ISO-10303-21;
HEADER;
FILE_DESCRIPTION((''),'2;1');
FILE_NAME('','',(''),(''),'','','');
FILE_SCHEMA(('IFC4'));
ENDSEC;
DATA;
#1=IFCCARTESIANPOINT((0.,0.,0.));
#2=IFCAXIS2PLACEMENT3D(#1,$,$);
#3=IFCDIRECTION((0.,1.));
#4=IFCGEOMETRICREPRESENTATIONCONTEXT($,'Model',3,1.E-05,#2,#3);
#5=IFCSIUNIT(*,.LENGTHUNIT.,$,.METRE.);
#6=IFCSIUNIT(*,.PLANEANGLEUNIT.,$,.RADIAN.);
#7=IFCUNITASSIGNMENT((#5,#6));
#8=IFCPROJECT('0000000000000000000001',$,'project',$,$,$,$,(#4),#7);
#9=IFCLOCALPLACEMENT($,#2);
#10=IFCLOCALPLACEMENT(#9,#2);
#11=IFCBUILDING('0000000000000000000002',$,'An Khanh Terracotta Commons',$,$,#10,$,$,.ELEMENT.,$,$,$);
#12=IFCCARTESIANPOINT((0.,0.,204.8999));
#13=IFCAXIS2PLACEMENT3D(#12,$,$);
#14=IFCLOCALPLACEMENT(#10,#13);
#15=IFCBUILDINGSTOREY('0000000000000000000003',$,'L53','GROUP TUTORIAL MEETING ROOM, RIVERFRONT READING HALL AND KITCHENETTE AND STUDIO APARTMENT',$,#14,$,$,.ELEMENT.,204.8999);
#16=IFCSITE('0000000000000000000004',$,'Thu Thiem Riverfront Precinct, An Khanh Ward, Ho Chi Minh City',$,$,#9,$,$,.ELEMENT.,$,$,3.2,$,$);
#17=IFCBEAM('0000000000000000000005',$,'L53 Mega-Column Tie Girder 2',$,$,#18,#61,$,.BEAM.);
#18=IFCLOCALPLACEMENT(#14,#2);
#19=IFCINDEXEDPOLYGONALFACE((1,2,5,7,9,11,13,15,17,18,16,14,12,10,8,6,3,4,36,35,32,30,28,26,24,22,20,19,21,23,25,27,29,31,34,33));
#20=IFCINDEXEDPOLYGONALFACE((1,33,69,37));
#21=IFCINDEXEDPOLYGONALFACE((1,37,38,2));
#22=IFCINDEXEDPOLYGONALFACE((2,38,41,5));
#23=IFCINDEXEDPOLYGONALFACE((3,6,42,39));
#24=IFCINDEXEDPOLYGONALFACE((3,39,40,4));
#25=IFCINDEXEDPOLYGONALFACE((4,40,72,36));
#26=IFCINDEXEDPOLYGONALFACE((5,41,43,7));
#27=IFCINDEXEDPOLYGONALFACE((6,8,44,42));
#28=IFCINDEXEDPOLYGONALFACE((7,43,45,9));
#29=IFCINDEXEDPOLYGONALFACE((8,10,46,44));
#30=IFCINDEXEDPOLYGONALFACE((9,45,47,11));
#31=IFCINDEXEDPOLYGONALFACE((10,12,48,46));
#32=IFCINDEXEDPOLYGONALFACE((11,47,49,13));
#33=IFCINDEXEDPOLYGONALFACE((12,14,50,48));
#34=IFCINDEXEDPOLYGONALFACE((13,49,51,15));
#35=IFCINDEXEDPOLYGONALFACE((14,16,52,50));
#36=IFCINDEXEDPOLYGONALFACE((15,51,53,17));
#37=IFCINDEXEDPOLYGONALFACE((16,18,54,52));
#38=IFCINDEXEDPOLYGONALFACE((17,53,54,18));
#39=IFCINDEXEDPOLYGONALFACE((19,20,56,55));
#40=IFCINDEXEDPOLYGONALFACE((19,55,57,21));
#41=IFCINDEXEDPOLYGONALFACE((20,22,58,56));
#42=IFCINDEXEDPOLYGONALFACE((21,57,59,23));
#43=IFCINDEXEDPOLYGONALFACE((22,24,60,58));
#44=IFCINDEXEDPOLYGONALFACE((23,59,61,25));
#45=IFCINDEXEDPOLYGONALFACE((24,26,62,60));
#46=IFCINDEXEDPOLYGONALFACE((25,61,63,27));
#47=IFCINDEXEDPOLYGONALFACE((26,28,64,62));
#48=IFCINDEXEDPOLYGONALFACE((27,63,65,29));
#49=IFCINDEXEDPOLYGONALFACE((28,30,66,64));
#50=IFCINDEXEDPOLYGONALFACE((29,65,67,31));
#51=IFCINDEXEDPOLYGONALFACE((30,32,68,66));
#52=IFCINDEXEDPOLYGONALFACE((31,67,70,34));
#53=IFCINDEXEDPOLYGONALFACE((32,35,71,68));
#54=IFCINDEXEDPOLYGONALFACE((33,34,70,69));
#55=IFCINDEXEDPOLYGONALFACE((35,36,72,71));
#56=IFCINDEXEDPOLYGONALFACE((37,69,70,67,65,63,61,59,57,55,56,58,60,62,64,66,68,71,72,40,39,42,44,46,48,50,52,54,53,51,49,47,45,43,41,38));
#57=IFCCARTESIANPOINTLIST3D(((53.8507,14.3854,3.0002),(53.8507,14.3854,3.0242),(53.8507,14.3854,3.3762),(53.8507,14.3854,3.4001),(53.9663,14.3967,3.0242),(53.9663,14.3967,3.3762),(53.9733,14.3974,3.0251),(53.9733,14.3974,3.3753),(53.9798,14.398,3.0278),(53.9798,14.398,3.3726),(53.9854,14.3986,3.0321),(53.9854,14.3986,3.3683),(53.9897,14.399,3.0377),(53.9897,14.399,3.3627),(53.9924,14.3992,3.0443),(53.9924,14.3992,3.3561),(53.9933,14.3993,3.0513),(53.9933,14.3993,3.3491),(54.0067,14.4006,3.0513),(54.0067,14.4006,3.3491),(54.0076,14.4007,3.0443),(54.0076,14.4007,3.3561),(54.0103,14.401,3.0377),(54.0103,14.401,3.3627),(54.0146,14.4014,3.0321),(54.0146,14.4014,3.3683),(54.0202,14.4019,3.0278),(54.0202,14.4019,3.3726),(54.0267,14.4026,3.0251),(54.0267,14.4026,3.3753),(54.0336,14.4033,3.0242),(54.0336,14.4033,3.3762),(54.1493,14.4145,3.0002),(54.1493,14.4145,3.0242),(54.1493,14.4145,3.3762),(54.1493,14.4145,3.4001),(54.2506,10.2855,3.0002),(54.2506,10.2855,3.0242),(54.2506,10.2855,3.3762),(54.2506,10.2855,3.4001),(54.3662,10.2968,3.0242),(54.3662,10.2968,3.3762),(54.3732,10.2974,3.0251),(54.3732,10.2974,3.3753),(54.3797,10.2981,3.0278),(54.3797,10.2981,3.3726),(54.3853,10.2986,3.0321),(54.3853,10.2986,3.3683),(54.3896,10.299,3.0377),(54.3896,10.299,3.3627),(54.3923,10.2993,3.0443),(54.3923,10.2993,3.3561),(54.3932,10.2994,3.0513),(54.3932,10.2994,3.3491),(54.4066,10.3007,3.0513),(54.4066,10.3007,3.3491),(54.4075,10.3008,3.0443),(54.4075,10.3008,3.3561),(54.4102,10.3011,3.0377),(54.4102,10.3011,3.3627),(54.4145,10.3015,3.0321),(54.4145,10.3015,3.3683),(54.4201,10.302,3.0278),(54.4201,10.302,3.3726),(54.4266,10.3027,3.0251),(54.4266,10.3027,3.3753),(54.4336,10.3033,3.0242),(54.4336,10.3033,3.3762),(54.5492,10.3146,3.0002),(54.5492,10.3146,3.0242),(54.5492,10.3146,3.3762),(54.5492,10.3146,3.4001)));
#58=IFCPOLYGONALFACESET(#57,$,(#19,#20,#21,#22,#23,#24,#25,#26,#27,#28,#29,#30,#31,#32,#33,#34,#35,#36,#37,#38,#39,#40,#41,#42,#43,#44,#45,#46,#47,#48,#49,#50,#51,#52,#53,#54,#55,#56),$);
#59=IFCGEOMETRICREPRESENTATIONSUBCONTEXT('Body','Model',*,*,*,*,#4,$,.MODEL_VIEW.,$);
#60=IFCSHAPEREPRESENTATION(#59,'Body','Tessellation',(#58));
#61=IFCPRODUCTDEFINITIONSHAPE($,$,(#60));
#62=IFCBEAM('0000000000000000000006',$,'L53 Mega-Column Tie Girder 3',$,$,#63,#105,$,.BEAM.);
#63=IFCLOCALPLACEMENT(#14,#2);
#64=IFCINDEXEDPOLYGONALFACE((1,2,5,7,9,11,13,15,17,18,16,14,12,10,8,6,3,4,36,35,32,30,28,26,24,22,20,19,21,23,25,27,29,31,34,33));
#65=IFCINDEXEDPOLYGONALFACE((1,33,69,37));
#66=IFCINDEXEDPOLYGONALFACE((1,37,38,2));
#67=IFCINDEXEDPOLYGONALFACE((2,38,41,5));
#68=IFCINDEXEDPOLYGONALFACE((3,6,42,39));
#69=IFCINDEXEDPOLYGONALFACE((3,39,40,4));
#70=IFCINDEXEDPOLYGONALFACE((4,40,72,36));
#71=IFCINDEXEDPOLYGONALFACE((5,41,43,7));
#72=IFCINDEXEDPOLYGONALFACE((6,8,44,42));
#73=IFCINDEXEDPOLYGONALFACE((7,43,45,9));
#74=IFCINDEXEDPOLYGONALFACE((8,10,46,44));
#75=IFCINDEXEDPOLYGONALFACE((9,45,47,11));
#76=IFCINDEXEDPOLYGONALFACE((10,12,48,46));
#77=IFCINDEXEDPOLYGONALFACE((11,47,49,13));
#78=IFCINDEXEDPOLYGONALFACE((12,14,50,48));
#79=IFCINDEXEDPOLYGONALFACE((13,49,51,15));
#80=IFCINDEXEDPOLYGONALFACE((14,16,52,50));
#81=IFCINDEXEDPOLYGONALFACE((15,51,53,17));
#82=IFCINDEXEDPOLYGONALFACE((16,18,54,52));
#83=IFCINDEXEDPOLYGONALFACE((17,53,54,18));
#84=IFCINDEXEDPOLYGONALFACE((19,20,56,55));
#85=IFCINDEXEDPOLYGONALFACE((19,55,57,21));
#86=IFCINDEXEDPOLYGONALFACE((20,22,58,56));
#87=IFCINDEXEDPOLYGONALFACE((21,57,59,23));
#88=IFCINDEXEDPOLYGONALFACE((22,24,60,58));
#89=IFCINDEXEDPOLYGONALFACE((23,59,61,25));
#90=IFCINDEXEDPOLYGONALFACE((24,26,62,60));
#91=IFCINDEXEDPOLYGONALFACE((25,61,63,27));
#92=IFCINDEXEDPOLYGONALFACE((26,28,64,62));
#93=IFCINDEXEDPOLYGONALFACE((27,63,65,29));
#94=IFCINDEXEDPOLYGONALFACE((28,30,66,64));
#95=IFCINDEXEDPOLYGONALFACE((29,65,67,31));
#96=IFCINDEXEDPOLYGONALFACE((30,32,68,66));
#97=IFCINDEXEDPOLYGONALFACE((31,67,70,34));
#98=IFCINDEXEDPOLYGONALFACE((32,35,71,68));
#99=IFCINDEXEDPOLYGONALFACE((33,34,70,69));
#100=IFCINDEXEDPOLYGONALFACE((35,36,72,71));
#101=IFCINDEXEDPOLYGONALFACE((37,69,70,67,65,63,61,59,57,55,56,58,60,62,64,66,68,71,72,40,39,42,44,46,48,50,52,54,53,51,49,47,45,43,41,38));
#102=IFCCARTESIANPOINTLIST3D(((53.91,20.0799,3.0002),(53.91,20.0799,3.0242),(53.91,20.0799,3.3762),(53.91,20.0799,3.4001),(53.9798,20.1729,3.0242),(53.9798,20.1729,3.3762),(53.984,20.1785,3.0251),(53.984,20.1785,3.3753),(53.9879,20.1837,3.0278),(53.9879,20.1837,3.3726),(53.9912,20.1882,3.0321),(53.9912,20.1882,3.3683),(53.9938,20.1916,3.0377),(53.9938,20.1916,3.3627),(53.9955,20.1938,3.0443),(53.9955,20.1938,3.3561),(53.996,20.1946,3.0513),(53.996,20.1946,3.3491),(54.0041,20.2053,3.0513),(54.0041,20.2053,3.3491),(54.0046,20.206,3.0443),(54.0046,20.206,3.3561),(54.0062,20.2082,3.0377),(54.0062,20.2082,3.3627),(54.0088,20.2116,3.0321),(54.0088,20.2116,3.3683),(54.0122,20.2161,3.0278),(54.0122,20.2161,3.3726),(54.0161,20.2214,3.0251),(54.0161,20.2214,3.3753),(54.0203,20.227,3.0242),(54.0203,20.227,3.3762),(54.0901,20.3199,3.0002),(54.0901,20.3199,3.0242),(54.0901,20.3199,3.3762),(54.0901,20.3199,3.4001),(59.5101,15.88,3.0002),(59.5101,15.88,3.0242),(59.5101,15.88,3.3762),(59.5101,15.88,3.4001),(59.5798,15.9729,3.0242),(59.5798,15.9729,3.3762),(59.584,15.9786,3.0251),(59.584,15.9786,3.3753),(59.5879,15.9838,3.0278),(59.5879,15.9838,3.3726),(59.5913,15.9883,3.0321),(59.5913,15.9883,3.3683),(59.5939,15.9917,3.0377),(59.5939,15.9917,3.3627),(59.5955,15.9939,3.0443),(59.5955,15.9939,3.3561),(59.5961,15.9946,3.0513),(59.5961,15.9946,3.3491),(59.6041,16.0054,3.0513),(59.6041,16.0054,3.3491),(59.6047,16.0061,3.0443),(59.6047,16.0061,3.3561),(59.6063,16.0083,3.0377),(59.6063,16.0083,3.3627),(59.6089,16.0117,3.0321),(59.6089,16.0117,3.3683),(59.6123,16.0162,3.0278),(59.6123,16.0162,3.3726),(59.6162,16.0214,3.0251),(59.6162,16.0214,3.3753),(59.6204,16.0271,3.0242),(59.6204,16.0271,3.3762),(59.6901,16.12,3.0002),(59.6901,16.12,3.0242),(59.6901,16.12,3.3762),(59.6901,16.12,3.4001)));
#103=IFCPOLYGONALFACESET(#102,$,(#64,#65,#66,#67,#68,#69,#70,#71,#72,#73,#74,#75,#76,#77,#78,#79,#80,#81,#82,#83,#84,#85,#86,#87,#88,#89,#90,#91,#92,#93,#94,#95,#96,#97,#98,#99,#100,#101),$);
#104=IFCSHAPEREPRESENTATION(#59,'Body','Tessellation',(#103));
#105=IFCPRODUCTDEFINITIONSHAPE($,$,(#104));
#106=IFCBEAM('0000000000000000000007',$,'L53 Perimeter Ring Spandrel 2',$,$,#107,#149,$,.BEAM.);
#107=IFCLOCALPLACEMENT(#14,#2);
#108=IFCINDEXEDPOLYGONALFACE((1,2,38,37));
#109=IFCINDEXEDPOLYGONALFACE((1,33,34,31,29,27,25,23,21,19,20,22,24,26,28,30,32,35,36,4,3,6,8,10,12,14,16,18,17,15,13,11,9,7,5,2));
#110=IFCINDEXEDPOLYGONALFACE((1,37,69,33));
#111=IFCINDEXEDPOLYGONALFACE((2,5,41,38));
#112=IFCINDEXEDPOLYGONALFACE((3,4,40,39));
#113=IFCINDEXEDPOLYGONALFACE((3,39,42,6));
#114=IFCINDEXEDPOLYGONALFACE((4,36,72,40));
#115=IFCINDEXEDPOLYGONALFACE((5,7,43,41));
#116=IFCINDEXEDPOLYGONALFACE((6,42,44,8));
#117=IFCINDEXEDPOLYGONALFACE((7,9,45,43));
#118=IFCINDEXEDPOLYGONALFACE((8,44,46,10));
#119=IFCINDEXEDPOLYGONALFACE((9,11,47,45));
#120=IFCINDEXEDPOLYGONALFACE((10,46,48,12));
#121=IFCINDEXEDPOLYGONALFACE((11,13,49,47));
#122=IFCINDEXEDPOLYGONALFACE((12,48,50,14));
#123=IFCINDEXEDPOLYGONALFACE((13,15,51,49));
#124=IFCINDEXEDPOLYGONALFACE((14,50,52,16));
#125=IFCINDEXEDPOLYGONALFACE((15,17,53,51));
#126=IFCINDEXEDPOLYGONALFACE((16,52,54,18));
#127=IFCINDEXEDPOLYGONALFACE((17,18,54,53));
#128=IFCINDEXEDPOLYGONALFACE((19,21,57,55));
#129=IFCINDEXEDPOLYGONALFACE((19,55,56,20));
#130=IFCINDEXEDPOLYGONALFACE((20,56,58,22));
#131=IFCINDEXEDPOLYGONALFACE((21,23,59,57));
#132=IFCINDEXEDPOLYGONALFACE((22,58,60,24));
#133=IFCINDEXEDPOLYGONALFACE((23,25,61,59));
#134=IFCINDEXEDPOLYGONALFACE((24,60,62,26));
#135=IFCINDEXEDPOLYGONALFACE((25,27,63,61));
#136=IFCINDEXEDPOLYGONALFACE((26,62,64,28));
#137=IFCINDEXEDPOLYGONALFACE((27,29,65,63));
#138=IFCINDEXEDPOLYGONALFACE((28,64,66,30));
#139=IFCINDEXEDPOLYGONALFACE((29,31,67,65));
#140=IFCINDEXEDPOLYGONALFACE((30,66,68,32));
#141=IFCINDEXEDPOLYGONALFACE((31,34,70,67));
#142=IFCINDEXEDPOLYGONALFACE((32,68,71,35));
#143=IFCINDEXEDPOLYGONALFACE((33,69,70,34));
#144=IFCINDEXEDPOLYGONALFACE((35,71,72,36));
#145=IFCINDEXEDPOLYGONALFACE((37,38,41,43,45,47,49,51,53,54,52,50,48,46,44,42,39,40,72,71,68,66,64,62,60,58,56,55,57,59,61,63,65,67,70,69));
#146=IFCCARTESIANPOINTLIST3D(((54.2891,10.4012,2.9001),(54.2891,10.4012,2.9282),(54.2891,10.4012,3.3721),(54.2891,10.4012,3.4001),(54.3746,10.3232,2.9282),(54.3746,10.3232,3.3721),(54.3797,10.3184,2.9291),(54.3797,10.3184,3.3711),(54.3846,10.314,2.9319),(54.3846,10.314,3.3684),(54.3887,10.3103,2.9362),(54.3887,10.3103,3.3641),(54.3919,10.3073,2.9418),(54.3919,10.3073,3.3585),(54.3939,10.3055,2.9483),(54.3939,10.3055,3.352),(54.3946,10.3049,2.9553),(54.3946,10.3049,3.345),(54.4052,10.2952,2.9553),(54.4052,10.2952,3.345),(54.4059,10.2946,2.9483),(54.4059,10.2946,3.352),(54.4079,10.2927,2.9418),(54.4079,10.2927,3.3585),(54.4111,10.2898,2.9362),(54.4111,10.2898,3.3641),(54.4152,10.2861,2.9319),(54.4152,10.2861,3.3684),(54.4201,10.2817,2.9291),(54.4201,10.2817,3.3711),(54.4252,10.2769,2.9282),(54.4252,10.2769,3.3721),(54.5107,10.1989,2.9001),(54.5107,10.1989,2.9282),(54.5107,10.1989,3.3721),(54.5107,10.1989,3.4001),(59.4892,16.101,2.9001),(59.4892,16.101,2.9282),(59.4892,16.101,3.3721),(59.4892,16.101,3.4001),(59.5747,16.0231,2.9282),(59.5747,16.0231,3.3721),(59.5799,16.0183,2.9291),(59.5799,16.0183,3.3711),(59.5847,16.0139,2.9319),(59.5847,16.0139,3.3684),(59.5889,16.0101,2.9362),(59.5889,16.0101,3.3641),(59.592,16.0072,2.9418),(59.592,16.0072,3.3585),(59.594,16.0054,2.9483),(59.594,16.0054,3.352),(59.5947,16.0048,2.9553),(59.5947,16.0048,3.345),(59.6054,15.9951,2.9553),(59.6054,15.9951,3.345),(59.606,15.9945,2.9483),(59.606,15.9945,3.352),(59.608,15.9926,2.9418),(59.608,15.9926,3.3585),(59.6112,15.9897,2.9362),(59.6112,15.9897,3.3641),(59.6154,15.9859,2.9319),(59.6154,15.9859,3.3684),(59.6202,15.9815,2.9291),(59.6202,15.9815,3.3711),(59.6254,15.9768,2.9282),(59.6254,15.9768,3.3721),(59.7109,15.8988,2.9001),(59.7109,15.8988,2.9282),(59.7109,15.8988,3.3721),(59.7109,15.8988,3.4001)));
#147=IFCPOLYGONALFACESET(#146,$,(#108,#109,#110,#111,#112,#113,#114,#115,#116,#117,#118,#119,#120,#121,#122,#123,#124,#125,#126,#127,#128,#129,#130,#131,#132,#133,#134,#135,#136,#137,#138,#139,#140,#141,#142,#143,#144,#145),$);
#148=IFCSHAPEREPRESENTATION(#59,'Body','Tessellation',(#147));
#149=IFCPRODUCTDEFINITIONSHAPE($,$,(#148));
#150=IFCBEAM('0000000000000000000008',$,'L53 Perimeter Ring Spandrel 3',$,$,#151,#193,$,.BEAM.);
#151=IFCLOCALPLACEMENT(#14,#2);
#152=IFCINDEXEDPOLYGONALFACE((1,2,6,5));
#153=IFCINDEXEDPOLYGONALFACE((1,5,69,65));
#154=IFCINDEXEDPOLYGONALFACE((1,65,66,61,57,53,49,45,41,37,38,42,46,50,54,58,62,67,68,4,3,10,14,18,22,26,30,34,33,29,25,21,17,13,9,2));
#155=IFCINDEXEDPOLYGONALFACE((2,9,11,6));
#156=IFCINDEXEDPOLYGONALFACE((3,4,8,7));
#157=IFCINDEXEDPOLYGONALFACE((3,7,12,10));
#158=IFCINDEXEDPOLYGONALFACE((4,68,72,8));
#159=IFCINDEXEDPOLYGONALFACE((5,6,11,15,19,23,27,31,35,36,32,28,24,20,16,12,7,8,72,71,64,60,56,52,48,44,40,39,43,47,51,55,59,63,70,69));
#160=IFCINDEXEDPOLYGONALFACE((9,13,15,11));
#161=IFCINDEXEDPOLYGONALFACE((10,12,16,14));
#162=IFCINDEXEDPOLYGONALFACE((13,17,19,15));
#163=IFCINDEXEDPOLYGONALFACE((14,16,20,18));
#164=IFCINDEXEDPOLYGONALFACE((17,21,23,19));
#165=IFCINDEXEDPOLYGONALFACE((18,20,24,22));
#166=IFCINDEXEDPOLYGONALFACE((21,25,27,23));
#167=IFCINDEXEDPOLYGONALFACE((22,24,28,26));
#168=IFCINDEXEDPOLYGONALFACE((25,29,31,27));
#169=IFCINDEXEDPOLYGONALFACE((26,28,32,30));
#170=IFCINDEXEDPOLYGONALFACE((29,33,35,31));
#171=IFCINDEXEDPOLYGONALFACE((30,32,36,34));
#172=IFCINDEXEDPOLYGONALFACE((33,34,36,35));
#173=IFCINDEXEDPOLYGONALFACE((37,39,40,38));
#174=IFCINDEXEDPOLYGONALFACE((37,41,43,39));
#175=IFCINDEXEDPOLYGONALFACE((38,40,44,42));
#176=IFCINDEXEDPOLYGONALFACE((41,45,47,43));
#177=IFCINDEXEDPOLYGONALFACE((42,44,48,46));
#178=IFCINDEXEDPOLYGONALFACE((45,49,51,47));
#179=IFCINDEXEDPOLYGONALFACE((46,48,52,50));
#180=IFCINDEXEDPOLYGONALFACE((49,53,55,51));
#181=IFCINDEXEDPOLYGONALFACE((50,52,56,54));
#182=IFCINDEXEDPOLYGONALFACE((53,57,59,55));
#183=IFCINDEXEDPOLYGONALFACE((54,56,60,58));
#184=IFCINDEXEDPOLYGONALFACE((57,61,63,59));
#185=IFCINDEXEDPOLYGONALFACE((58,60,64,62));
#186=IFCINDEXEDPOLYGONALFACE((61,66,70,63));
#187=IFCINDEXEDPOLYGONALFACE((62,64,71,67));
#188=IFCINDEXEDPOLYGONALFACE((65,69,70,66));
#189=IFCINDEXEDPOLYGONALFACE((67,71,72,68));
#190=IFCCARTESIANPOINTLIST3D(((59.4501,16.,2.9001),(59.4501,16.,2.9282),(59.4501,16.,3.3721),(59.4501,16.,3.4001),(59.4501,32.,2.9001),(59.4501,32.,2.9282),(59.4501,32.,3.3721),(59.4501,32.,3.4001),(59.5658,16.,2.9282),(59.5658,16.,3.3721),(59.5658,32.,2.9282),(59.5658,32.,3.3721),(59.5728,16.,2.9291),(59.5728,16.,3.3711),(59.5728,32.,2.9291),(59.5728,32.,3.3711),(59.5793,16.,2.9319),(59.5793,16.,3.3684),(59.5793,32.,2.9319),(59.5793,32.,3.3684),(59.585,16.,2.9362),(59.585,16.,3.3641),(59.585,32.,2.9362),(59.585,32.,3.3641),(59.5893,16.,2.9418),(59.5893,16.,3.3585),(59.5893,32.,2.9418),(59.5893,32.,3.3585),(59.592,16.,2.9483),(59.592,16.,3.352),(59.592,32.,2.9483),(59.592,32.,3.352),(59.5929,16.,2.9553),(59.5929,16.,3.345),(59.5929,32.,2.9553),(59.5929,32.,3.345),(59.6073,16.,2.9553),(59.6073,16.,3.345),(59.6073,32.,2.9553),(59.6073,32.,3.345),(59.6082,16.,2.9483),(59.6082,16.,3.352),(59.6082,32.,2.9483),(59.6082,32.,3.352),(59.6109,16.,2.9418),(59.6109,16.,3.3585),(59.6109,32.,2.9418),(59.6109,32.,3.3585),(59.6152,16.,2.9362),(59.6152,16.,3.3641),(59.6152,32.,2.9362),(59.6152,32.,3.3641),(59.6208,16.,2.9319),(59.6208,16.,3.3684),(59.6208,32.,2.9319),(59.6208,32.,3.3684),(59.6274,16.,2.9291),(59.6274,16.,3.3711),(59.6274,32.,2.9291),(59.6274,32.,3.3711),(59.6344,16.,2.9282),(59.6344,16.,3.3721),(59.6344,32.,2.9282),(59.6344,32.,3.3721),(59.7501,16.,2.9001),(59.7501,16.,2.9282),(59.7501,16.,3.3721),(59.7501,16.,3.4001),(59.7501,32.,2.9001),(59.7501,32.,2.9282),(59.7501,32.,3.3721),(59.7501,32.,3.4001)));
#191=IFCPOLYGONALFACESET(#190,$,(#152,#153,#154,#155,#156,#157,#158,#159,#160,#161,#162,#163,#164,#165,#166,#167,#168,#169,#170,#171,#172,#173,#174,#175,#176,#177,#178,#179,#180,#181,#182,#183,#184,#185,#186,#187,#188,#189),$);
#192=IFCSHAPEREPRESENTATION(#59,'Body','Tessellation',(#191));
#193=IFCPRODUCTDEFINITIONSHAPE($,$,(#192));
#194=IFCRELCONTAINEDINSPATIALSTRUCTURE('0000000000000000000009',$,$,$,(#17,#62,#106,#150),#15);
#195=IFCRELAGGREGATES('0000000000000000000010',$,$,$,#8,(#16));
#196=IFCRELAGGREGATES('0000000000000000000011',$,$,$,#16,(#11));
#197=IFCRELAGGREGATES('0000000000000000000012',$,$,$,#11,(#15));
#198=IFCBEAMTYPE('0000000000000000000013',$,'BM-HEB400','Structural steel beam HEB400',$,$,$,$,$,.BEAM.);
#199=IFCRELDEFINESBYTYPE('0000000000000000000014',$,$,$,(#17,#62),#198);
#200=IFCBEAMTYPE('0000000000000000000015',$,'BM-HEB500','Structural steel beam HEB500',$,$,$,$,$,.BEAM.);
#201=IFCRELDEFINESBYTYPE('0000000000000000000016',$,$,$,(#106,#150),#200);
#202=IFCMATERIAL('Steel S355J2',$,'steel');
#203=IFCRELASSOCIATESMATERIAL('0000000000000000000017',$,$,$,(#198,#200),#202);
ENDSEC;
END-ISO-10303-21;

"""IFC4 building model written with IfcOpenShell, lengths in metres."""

from ifc_helpers import new_model, si_unit, direction, frame, origin, origin_2d, place, context, subcontext, project, spatial, i_section, extrude, material, material_profile, profile_set, type_object, element, save


model = new_model("IFC4")

# Units and contexts
model_context = context("Model", 3, precision=1e-05, world=origin(), true_north=direction((0.0, 1.0)))
body_context = subcontext(model_context, "Body", "Model", "MODEL_VIEW")
ifc_project = project(units=[si_unit("LENGTHUNIT", "METRE"), si_unit("PLANEANGLEUNIT", "RADIAN")], contexts=[model_context])

# Site, building, storey
site_placement = place(None, origin())
site = spatial("IfcSite", under=ifc_project, at=site_placement, Name="Thu Thiem Riverfront Precinct, An Khanh Ward, Ho Chi Minh City", CompositionType="ELEMENT", RefElevation=3.2)
building_placement = place(site_placement, origin())
building = spatial("IfcBuilding", under=site, at=building_placement, Name="An Khanh Terracotta Commons", CompositionType="ELEMENT")
storey_placement = place(building_placement, frame((0.0, 0.0, 204.8999)))
storey = spatial("IfcBuildingStorey", under=building, at=storey_placement, Name="L53", Description="GROUP TUTORIAL MEETING ROOM, RIVERFRONT READING HALL AND KITCHENETTE AND STUDIO APARTMENT", CompositionType="ELEMENT", Elevation=204.8999)

# Beams
ifc_material_1 = material(Name="Steel S355J2", Category="steel")
ifc_material_profile_1 = material_profile(ifc_material_1, i_section(OverallWidth=0.3, OverallDepth=0.3999, WebThickness=0.0134, FlangeThickness=0.0239, FilletRadius=0.0271, at=origin_2d()), Name="HEB400")
ifc_profile_set_1 = profile_set([ifc_material_profile_1], Name="Steel S355J2")
beam_type_1 = type_object("IfcBeamType", Name="BM-HEB400", Description="Structural steel beam HEB400", PredefinedType="BEAM", material=ifc_profile_set_1)
beam_1_placement = place(storey_placement, frame((54.3999, 10.3, 3.2002), z_axis=(-0.09708, 0.995277, 0.0), x_axis=(-0.995277, -0.09708, 0.0)))
element("IfcBeam", 1, at=beam_1_placement, inside=storey, type_object=beam_type_1, Name="L53 Mega-Column Tie Girder 2", PredefinedType="BEAM", context=body_context, shape_type="SweptSolid", body=[
    extrude(i_section(OverallWidth=0.3, OverallDepth=0.3999, WebThickness=0.0134, FlangeThickness=0.0239, FilletRadius=0.0271, at=origin_2d()), origin(), (0.0, 0.0, 1.0), 4.1194),
])
beam_2_placement = place(storey_placement, frame((59.6001, 16.0, 3.2002), z_axis=(-0.800008, 0.599989, 0.0), x_axis=(-0.599989, -0.800008, 0.0)))
element("IfcBeam", 2, at=beam_2_placement, inside=storey, type_object=beam_type_1, Name="L53 Mega-Column Tie Girder 3", PredefinedType="BEAM", context=body_context, shape_type="SweptSolid", body=[
    extrude(i_section(OverallWidth=0.3, OverallDepth=0.3999, WebThickness=0.0134, FlangeThickness=0.0239, FilletRadius=0.0271, at=origin_2d()), origin(), (0.0, 0.0, 1.0), 7.0),
])
ifc_material_profile_2 = material_profile(ifc_material_1, i_section(OverallWidth=0.3, OverallDepth=0.5, WebThickness=0.0144, FlangeThickness=0.0281, FilletRadius=0.0271, at=origin_2d()), Name="HEB500")
ifc_profile_set_2 = profile_set([ifc_material_profile_2], Name="Steel S355J2")
beam_type_2 = type_object("IfcBeamType", Name="BM-HEB500", Description="Structural steel beam HEB500", PredefinedType="BEAM", material=ifc_profile_set_2)
beam_3_placement = place(storey_placement, frame((54.3999, 10.3, 3.1501), z_axis=(0.673979, 0.738751, 0.0), x_axis=(-0.738751, 0.673979, 0.0)))
element("IfcBeam", 3, at=beam_3_placement, inside=storey, type_object=beam_type_2, Name="L53 Perimeter Ring Spandrel 2", PredefinedType="BEAM", context=body_context, shape_type="SweptSolid", body=[
    extrude(i_section(OverallWidth=0.3, OverallDepth=0.5, WebThickness=0.0144, FlangeThickness=0.0281, FilletRadius=0.0271, at=origin_2d()), origin(), (0.0, 0.0, 1.0), 7.7156),
])
beam_4_placement = place(storey_placement, frame((59.6001, 16.0, 3.1501), z_axis=(0.0, 1.0, 0.0), x_axis=(-1.0, 0.0, 0.0)))
element("IfcBeam", 4, at=beam_4_placement, inside=storey, type_object=beam_type_2, Name="L53 Perimeter Ring Spandrel 3", PredefinedType="BEAM", context=body_context, shape_type="SweptSolid", body=[
    extrude(i_section(OverallWidth=0.3, OverallDepth=0.5, WebThickness=0.0144, FlangeThickness=0.0281, FilletRadius=0.0271, at=origin_2d()), origin(), (0.0, 0.0, 1.0), 16.0),
])

save(model, "model.ifc")
